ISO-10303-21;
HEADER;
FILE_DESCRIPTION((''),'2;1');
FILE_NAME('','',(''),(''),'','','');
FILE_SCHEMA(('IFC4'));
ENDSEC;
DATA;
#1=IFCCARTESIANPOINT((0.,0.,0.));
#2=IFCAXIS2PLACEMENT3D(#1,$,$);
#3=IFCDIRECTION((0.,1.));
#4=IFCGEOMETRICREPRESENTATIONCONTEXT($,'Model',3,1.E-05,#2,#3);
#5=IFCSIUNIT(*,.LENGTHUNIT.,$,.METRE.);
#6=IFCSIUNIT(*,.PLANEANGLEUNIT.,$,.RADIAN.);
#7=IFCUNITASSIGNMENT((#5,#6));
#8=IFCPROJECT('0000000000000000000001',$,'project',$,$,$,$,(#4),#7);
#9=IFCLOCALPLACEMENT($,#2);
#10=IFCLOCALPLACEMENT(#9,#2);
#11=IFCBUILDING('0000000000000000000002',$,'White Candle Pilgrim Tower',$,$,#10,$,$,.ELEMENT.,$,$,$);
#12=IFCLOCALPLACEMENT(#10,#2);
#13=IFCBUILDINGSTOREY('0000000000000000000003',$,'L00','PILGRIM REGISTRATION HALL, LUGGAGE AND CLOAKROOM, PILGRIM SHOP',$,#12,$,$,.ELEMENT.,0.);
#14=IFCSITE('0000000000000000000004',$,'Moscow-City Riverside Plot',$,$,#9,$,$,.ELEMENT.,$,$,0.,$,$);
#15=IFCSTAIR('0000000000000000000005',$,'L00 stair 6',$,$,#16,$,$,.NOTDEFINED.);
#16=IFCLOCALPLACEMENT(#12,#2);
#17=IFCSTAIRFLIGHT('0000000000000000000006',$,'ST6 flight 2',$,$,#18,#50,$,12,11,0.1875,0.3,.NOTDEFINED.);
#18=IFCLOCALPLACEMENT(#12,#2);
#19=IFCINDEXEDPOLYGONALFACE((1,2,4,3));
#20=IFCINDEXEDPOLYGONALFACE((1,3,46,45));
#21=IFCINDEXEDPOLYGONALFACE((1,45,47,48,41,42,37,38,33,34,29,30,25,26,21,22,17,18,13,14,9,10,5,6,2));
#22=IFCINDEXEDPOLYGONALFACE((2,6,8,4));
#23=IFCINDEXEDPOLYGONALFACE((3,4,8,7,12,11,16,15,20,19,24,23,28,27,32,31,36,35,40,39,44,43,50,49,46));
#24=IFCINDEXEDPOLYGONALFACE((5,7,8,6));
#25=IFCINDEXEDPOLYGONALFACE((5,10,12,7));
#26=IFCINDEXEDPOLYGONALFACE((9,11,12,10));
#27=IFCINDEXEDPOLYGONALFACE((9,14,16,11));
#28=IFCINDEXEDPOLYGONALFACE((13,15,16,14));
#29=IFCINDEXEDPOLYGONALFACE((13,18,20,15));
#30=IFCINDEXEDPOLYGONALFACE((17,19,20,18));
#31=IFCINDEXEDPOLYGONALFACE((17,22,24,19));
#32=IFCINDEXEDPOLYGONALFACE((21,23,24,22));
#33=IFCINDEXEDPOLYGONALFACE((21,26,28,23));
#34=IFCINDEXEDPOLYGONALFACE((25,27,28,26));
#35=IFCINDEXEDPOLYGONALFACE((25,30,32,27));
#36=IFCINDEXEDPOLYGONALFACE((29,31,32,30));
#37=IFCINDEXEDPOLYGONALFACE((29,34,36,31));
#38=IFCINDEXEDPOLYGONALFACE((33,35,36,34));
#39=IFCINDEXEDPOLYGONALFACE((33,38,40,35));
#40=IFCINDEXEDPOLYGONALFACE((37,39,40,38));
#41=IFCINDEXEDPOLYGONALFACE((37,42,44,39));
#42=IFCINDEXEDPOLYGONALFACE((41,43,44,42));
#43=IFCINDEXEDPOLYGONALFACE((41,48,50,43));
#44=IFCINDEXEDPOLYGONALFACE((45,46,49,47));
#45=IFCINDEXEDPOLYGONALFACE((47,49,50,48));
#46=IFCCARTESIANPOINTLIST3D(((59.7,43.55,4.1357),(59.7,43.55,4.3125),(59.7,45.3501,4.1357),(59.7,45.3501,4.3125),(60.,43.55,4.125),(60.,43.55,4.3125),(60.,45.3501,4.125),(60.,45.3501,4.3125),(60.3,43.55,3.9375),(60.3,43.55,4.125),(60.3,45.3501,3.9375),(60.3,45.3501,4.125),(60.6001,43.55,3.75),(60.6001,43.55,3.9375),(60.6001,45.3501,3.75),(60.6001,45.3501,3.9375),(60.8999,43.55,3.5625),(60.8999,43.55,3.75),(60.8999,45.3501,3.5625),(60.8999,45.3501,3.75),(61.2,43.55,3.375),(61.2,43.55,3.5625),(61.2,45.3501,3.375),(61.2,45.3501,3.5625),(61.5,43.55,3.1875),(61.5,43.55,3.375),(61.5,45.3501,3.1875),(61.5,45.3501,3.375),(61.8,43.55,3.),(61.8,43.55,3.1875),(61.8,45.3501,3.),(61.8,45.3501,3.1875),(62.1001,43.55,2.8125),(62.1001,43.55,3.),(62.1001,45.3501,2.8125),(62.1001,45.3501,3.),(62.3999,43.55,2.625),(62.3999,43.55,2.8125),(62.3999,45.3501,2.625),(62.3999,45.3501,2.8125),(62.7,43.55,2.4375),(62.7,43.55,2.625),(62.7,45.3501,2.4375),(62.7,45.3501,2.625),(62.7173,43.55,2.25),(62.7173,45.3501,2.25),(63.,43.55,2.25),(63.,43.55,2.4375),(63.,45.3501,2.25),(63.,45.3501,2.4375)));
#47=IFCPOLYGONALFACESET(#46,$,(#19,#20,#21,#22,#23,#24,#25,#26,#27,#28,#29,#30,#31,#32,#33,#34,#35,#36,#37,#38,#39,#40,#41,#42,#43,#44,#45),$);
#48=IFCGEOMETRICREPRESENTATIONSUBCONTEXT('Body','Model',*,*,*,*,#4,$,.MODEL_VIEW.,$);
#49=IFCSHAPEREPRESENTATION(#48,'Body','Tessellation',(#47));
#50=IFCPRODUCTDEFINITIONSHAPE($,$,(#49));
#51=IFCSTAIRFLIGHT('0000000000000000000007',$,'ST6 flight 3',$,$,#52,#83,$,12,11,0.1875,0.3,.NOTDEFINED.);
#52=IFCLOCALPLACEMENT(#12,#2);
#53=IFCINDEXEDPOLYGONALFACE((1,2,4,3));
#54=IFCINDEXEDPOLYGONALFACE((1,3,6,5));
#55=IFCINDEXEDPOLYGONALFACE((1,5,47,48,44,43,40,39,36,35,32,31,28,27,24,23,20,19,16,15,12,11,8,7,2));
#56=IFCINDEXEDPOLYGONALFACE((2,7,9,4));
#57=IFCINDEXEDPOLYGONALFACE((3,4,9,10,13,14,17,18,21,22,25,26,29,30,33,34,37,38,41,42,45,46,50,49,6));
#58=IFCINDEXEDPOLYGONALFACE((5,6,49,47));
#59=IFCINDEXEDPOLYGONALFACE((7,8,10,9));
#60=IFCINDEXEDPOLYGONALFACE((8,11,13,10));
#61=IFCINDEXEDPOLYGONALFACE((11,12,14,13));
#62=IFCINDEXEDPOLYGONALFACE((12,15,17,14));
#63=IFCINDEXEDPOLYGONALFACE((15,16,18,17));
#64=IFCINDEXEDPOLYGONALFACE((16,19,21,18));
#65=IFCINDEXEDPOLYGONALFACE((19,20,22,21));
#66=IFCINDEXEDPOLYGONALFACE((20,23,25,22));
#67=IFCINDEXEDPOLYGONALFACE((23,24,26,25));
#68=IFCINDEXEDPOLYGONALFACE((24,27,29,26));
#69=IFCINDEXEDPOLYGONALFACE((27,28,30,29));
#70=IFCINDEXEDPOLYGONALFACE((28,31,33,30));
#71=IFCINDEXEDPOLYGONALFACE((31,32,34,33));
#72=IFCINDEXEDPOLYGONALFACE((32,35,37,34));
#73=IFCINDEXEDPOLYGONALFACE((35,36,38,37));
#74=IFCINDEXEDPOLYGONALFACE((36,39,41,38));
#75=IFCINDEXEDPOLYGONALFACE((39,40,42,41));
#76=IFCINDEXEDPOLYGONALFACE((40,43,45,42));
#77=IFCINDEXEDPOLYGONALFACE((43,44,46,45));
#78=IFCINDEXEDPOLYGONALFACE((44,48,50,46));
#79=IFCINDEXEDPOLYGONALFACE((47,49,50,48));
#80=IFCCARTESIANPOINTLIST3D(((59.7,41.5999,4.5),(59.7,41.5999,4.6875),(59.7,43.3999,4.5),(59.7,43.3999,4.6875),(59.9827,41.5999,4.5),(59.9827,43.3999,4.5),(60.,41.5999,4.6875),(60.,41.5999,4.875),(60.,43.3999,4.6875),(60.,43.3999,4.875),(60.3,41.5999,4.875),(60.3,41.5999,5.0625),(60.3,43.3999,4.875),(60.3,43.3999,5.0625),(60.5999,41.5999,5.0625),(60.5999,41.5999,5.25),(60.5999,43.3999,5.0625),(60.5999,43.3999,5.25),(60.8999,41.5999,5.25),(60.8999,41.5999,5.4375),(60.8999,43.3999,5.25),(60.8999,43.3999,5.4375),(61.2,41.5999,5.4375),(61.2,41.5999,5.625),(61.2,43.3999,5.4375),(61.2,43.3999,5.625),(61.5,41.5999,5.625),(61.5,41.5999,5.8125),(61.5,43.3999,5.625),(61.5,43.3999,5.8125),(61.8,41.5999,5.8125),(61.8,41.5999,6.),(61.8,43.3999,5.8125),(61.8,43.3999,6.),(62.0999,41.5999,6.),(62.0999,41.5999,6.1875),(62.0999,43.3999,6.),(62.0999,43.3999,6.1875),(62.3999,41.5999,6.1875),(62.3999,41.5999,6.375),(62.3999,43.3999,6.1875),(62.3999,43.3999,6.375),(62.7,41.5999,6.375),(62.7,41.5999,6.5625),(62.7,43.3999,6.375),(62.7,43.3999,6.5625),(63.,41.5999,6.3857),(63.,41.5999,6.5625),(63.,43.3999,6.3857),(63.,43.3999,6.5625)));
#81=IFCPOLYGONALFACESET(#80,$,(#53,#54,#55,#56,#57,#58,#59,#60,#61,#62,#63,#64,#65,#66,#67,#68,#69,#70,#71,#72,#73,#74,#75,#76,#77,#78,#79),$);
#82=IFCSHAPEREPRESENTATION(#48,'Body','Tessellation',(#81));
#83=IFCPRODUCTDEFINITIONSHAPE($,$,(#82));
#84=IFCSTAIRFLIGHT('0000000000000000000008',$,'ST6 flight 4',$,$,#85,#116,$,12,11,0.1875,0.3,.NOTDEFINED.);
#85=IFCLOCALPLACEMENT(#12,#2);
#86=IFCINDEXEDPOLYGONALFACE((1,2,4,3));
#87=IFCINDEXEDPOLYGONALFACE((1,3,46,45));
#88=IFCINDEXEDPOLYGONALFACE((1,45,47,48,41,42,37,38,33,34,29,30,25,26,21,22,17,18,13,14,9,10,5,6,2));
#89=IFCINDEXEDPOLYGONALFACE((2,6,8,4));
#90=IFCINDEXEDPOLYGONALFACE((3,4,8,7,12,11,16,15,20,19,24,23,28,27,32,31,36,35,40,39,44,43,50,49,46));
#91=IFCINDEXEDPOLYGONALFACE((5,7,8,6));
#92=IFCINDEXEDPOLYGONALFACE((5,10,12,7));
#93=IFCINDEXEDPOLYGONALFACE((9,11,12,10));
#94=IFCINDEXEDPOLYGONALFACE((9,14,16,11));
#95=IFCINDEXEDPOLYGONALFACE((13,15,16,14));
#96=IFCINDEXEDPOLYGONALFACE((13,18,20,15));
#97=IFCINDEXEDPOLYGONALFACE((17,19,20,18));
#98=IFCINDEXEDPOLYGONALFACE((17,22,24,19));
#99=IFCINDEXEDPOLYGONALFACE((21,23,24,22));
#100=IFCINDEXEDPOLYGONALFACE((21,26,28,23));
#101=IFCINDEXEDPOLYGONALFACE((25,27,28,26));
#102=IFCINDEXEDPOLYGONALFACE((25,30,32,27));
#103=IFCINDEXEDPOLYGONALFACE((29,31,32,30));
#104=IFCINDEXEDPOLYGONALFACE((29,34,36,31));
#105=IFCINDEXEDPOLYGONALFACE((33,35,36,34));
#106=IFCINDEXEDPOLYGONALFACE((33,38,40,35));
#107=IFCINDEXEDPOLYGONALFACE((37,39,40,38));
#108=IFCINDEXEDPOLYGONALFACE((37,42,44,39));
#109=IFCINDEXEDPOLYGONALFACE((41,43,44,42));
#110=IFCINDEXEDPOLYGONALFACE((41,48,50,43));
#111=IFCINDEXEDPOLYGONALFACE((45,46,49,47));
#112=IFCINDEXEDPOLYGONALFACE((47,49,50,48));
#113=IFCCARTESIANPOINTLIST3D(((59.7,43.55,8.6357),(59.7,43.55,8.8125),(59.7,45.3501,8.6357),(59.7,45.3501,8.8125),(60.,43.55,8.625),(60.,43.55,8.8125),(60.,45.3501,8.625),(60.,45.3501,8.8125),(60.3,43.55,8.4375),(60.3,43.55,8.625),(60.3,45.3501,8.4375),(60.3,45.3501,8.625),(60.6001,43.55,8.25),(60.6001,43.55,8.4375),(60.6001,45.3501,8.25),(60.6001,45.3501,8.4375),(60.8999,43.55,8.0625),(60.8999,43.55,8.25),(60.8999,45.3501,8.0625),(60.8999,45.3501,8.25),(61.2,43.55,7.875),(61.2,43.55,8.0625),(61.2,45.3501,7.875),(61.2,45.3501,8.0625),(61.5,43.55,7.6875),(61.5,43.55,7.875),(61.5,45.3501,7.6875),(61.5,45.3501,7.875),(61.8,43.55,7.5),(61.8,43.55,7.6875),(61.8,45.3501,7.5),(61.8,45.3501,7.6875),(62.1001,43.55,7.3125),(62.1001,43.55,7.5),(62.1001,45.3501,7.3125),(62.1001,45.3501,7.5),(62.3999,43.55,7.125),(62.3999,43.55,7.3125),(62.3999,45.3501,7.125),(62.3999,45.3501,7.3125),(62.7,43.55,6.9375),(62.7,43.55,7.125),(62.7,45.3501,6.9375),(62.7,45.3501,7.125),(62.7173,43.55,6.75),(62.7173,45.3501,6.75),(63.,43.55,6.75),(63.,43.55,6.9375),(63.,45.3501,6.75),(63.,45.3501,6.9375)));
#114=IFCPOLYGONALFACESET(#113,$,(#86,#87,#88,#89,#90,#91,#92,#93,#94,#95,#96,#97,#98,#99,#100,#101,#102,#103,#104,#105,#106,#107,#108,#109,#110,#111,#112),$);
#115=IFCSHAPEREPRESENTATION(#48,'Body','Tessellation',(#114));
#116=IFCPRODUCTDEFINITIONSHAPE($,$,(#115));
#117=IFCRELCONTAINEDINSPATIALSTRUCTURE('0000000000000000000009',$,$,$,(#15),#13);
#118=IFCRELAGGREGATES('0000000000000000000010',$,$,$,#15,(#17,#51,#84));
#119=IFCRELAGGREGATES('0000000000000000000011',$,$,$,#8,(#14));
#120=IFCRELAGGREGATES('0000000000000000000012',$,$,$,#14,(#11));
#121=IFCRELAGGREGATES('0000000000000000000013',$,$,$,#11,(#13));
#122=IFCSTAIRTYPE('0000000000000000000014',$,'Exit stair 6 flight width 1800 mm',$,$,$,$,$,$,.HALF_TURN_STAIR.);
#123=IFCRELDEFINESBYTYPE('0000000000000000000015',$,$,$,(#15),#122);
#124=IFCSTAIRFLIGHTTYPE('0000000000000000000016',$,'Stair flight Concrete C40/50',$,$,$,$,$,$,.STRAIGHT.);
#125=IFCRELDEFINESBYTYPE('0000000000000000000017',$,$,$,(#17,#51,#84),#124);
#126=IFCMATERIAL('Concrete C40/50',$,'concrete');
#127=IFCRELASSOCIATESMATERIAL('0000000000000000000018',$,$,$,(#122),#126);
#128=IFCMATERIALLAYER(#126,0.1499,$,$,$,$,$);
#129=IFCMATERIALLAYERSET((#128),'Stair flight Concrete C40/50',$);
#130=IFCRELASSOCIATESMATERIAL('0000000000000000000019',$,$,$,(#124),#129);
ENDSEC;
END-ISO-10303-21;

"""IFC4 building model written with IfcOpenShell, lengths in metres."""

from ifc_helpers import new_model, si_unit, direction, frame, origin, place, context, subcontext, project, spatial, polyline, outline, extrude, material, layer, layer_set, type_object, element, aggregate, save


model = new_model("IFC4")

# Units and contexts
model_context = context("Model", 3, precision=1e-05, world=origin(), true_north=direction((0.0, 1.0)))
body_context = subcontext(model_context, "Body", "Model", "MODEL_VIEW")
ifc_project = project(units=[si_unit("LENGTHUNIT", "METRE"), si_unit("PLANEANGLEUNIT", "RADIAN")], contexts=[model_context])

# Site, building, storey
site_placement = place(None, origin())
site = spatial("IfcSite", under=ifc_project, at=site_placement, Name="Moscow-City Riverside Plot", CompositionType="ELEMENT", RefElevation=0.0)
building_placement = place(site_placement, origin())
building = spatial("IfcBuilding", under=site, at=building_placement, Name="White Candle Pilgrim Tower", CompositionType="ELEMENT")
storey_placement = place(building_placement, origin())
storey = spatial("IfcBuildingStorey", under=building, at=storey_placement, Name="L00", Description="PILGRIM REGISTRATION HALL, LUGGAGE AND CLOAKROOM, PILGRIM SHOP", CompositionType="ELEMENT", Elevation=0.0)

# Stair, stair flights
ifc_material_1 = material(Name="Concrete C40/50", Category="concrete")
stair_type = type_object("IfcStairType", Name="Exit stair 6 flight width 1800 mm", PredefinedType="HALF_TURN_STAIR", material=ifc_material_1)
stair_placement = place(storey_placement, origin())
stair = element("IfcStair", 1, at=stair_placement, inside=storey, type_object=stair_type, Name="L00 stair 6", PredefinedType="NOTDEFINED")
ifc_layer_1 = layer(ifc_material_1, 0.1499)
ifc_layer_set_1 = layer_set([ifc_layer_1], Name="Stair flight Concrete C40/50")
stair_flight_type = type_object("IfcStairFlightType", Name="Stair flight Concrete C40/50", PredefinedType="STRAIGHT", material=ifc_layer_set_1)
stair_flight_1_placement = place(storey_placement, frame((63.0, 44.45, 2.25), z_axis=(0.0, 0.0, 1.0), x_axis=(-1.0, 0.0, 0.0)))
stair_flight_1 = element("IfcStairFlight", 2, at=stair_flight_1_placement, type_object=stair_flight_type, Name="ST6 flight 2", NumberOfRisers=12, NumberOfTreads=11, PredefinedType="NOTDEFINED", RiserHeight=0.1875, TreadLength=0.3, context=body_context, shape_type="SweptSolid", body=[
    extrude(outline(polyline([(0.0, 0.0), (0.0, 0.1875), (0.3, 0.1875), (0.3, 0.375), (0.6001, 0.375), (0.6001, 0.5625), (0.8999, 0.5625), (0.8999, 0.75), (1.2, 0.75), (1.2, 0.9375), (1.5, 0.9375), (1.5, 1.125), (1.8, 1.125), (1.8, 1.3125), (2.1001, 1.3125), (2.1001, 1.5), (2.3999, 1.5), (2.3999, 1.6875), (2.7, 1.6875), (2.7, 1.875), (3.0, 1.875), (3.0, 2.0625), (3.3, 2.0625), (3.3, 2.25), (3.3, 1.8857), (0.2827, 0.0), (0.0, 0.0)])), frame((0.0, 0.8999, 0.0), z_axis=(0.0, -1.0, 0.0), x_axis=(1.0, 0.0, 0.0)), (0.0, 0.0, 1.0), 1.8),
])
stair_flight_2_placement = place(storey_placement, frame((59.7, 42.5, 4.5), z_axis=(0.0, 0.0, 1.0), x_axis=(1.0, 0.0, 0.0)))
stair_flight_2 = element("IfcStairFlight", 3, at=stair_flight_2_placement, type_object=stair_flight_type, Name="ST6 flight 3", NumberOfRisers=12, NumberOfTreads=11, PredefinedType="NOTDEFINED", RiserHeight=0.1875, TreadLength=0.3, context=body_context, shape_type="SweptSolid", body=[
    extrude(outline(polyline([(0.0, 0.0), (0.0, 0.1875), (0.3, 0.1875), (0.3, 0.375), (0.6001, 0.375), (0.6001, 0.5625), (0.8999, 0.5625), (0.8999, 0.75), (1.2, 0.75), (1.2, 0.9375), (1.5, 0.9375), (1.5, 1.125), (1.8, 1.125), (1.8, 1.3125), (2.1001, 1.3125), (2.1001, 1.5), (2.3999, 1.5), (2.3999, 1.6875), (2.7, 1.6875), (2.7, 1.875), (3.0, 1.875), (3.0, 2.0625), (3.3, 2.0625), (3.3, 2.25), (3.3, 1.8857), (0.2827, 0.0), (0.0, 0.0)])), frame((0.0, 0.8999, 0.0), z_axis=(0.0, -1.0, 0.0), x_axis=(1.0, 0.0, 0.0)), (0.0, 0.0, 1.0), 1.8),
])
stair_flight_3_placement = place(storey_placement, frame((63.0, 44.45, 6.75), z_axis=(0.0, 0.0, 1.0), x_axis=(-1.0, 0.0, 0.0)))
stair_flight_3 = element("IfcStairFlight", 4, at=stair_flight_3_placement, type_object=stair_flight_type, Name="ST6 flight 4", NumberOfRisers=12, NumberOfTreads=11, PredefinedType="NOTDEFINED", RiserHeight=0.1875, TreadLength=0.3, context=body_context, shape_type="SweptSolid", body=[
    extrude(outline(polyline([(0.0, 0.0), (0.0, 0.1875), (0.3, 0.1875), (0.3, 0.375), (0.6001, 0.375), (0.6001, 0.5625), (0.8999, 0.5625), (0.8999, 0.75), (1.2, 0.75), (1.2, 0.9375), (1.5, 0.9375), (1.5, 1.125), (1.8, 1.125), (1.8, 1.3125), (2.1001, 1.3125), (2.1001, 1.5), (2.3999, 1.5), (2.3999, 1.6875), (2.7, 1.6875), (2.7, 1.875), (3.0, 1.875), (3.0, 2.0625), (3.3, 2.0625), (3.3, 2.25), (3.3, 1.8857), (0.2827, 0.0), (0.0, 0.0)])), frame((0.0, 0.8999, 0.0), z_axis=(0.0, -1.0, 0.0), x_axis=(1.0, 0.0, 0.0)), (0.0, 0.0, 1.0), 1.8),
])
aggregate(stair, [stair_flight_1, stair_flight_2, stair_flight_3])

save(model, "model.ifc")
